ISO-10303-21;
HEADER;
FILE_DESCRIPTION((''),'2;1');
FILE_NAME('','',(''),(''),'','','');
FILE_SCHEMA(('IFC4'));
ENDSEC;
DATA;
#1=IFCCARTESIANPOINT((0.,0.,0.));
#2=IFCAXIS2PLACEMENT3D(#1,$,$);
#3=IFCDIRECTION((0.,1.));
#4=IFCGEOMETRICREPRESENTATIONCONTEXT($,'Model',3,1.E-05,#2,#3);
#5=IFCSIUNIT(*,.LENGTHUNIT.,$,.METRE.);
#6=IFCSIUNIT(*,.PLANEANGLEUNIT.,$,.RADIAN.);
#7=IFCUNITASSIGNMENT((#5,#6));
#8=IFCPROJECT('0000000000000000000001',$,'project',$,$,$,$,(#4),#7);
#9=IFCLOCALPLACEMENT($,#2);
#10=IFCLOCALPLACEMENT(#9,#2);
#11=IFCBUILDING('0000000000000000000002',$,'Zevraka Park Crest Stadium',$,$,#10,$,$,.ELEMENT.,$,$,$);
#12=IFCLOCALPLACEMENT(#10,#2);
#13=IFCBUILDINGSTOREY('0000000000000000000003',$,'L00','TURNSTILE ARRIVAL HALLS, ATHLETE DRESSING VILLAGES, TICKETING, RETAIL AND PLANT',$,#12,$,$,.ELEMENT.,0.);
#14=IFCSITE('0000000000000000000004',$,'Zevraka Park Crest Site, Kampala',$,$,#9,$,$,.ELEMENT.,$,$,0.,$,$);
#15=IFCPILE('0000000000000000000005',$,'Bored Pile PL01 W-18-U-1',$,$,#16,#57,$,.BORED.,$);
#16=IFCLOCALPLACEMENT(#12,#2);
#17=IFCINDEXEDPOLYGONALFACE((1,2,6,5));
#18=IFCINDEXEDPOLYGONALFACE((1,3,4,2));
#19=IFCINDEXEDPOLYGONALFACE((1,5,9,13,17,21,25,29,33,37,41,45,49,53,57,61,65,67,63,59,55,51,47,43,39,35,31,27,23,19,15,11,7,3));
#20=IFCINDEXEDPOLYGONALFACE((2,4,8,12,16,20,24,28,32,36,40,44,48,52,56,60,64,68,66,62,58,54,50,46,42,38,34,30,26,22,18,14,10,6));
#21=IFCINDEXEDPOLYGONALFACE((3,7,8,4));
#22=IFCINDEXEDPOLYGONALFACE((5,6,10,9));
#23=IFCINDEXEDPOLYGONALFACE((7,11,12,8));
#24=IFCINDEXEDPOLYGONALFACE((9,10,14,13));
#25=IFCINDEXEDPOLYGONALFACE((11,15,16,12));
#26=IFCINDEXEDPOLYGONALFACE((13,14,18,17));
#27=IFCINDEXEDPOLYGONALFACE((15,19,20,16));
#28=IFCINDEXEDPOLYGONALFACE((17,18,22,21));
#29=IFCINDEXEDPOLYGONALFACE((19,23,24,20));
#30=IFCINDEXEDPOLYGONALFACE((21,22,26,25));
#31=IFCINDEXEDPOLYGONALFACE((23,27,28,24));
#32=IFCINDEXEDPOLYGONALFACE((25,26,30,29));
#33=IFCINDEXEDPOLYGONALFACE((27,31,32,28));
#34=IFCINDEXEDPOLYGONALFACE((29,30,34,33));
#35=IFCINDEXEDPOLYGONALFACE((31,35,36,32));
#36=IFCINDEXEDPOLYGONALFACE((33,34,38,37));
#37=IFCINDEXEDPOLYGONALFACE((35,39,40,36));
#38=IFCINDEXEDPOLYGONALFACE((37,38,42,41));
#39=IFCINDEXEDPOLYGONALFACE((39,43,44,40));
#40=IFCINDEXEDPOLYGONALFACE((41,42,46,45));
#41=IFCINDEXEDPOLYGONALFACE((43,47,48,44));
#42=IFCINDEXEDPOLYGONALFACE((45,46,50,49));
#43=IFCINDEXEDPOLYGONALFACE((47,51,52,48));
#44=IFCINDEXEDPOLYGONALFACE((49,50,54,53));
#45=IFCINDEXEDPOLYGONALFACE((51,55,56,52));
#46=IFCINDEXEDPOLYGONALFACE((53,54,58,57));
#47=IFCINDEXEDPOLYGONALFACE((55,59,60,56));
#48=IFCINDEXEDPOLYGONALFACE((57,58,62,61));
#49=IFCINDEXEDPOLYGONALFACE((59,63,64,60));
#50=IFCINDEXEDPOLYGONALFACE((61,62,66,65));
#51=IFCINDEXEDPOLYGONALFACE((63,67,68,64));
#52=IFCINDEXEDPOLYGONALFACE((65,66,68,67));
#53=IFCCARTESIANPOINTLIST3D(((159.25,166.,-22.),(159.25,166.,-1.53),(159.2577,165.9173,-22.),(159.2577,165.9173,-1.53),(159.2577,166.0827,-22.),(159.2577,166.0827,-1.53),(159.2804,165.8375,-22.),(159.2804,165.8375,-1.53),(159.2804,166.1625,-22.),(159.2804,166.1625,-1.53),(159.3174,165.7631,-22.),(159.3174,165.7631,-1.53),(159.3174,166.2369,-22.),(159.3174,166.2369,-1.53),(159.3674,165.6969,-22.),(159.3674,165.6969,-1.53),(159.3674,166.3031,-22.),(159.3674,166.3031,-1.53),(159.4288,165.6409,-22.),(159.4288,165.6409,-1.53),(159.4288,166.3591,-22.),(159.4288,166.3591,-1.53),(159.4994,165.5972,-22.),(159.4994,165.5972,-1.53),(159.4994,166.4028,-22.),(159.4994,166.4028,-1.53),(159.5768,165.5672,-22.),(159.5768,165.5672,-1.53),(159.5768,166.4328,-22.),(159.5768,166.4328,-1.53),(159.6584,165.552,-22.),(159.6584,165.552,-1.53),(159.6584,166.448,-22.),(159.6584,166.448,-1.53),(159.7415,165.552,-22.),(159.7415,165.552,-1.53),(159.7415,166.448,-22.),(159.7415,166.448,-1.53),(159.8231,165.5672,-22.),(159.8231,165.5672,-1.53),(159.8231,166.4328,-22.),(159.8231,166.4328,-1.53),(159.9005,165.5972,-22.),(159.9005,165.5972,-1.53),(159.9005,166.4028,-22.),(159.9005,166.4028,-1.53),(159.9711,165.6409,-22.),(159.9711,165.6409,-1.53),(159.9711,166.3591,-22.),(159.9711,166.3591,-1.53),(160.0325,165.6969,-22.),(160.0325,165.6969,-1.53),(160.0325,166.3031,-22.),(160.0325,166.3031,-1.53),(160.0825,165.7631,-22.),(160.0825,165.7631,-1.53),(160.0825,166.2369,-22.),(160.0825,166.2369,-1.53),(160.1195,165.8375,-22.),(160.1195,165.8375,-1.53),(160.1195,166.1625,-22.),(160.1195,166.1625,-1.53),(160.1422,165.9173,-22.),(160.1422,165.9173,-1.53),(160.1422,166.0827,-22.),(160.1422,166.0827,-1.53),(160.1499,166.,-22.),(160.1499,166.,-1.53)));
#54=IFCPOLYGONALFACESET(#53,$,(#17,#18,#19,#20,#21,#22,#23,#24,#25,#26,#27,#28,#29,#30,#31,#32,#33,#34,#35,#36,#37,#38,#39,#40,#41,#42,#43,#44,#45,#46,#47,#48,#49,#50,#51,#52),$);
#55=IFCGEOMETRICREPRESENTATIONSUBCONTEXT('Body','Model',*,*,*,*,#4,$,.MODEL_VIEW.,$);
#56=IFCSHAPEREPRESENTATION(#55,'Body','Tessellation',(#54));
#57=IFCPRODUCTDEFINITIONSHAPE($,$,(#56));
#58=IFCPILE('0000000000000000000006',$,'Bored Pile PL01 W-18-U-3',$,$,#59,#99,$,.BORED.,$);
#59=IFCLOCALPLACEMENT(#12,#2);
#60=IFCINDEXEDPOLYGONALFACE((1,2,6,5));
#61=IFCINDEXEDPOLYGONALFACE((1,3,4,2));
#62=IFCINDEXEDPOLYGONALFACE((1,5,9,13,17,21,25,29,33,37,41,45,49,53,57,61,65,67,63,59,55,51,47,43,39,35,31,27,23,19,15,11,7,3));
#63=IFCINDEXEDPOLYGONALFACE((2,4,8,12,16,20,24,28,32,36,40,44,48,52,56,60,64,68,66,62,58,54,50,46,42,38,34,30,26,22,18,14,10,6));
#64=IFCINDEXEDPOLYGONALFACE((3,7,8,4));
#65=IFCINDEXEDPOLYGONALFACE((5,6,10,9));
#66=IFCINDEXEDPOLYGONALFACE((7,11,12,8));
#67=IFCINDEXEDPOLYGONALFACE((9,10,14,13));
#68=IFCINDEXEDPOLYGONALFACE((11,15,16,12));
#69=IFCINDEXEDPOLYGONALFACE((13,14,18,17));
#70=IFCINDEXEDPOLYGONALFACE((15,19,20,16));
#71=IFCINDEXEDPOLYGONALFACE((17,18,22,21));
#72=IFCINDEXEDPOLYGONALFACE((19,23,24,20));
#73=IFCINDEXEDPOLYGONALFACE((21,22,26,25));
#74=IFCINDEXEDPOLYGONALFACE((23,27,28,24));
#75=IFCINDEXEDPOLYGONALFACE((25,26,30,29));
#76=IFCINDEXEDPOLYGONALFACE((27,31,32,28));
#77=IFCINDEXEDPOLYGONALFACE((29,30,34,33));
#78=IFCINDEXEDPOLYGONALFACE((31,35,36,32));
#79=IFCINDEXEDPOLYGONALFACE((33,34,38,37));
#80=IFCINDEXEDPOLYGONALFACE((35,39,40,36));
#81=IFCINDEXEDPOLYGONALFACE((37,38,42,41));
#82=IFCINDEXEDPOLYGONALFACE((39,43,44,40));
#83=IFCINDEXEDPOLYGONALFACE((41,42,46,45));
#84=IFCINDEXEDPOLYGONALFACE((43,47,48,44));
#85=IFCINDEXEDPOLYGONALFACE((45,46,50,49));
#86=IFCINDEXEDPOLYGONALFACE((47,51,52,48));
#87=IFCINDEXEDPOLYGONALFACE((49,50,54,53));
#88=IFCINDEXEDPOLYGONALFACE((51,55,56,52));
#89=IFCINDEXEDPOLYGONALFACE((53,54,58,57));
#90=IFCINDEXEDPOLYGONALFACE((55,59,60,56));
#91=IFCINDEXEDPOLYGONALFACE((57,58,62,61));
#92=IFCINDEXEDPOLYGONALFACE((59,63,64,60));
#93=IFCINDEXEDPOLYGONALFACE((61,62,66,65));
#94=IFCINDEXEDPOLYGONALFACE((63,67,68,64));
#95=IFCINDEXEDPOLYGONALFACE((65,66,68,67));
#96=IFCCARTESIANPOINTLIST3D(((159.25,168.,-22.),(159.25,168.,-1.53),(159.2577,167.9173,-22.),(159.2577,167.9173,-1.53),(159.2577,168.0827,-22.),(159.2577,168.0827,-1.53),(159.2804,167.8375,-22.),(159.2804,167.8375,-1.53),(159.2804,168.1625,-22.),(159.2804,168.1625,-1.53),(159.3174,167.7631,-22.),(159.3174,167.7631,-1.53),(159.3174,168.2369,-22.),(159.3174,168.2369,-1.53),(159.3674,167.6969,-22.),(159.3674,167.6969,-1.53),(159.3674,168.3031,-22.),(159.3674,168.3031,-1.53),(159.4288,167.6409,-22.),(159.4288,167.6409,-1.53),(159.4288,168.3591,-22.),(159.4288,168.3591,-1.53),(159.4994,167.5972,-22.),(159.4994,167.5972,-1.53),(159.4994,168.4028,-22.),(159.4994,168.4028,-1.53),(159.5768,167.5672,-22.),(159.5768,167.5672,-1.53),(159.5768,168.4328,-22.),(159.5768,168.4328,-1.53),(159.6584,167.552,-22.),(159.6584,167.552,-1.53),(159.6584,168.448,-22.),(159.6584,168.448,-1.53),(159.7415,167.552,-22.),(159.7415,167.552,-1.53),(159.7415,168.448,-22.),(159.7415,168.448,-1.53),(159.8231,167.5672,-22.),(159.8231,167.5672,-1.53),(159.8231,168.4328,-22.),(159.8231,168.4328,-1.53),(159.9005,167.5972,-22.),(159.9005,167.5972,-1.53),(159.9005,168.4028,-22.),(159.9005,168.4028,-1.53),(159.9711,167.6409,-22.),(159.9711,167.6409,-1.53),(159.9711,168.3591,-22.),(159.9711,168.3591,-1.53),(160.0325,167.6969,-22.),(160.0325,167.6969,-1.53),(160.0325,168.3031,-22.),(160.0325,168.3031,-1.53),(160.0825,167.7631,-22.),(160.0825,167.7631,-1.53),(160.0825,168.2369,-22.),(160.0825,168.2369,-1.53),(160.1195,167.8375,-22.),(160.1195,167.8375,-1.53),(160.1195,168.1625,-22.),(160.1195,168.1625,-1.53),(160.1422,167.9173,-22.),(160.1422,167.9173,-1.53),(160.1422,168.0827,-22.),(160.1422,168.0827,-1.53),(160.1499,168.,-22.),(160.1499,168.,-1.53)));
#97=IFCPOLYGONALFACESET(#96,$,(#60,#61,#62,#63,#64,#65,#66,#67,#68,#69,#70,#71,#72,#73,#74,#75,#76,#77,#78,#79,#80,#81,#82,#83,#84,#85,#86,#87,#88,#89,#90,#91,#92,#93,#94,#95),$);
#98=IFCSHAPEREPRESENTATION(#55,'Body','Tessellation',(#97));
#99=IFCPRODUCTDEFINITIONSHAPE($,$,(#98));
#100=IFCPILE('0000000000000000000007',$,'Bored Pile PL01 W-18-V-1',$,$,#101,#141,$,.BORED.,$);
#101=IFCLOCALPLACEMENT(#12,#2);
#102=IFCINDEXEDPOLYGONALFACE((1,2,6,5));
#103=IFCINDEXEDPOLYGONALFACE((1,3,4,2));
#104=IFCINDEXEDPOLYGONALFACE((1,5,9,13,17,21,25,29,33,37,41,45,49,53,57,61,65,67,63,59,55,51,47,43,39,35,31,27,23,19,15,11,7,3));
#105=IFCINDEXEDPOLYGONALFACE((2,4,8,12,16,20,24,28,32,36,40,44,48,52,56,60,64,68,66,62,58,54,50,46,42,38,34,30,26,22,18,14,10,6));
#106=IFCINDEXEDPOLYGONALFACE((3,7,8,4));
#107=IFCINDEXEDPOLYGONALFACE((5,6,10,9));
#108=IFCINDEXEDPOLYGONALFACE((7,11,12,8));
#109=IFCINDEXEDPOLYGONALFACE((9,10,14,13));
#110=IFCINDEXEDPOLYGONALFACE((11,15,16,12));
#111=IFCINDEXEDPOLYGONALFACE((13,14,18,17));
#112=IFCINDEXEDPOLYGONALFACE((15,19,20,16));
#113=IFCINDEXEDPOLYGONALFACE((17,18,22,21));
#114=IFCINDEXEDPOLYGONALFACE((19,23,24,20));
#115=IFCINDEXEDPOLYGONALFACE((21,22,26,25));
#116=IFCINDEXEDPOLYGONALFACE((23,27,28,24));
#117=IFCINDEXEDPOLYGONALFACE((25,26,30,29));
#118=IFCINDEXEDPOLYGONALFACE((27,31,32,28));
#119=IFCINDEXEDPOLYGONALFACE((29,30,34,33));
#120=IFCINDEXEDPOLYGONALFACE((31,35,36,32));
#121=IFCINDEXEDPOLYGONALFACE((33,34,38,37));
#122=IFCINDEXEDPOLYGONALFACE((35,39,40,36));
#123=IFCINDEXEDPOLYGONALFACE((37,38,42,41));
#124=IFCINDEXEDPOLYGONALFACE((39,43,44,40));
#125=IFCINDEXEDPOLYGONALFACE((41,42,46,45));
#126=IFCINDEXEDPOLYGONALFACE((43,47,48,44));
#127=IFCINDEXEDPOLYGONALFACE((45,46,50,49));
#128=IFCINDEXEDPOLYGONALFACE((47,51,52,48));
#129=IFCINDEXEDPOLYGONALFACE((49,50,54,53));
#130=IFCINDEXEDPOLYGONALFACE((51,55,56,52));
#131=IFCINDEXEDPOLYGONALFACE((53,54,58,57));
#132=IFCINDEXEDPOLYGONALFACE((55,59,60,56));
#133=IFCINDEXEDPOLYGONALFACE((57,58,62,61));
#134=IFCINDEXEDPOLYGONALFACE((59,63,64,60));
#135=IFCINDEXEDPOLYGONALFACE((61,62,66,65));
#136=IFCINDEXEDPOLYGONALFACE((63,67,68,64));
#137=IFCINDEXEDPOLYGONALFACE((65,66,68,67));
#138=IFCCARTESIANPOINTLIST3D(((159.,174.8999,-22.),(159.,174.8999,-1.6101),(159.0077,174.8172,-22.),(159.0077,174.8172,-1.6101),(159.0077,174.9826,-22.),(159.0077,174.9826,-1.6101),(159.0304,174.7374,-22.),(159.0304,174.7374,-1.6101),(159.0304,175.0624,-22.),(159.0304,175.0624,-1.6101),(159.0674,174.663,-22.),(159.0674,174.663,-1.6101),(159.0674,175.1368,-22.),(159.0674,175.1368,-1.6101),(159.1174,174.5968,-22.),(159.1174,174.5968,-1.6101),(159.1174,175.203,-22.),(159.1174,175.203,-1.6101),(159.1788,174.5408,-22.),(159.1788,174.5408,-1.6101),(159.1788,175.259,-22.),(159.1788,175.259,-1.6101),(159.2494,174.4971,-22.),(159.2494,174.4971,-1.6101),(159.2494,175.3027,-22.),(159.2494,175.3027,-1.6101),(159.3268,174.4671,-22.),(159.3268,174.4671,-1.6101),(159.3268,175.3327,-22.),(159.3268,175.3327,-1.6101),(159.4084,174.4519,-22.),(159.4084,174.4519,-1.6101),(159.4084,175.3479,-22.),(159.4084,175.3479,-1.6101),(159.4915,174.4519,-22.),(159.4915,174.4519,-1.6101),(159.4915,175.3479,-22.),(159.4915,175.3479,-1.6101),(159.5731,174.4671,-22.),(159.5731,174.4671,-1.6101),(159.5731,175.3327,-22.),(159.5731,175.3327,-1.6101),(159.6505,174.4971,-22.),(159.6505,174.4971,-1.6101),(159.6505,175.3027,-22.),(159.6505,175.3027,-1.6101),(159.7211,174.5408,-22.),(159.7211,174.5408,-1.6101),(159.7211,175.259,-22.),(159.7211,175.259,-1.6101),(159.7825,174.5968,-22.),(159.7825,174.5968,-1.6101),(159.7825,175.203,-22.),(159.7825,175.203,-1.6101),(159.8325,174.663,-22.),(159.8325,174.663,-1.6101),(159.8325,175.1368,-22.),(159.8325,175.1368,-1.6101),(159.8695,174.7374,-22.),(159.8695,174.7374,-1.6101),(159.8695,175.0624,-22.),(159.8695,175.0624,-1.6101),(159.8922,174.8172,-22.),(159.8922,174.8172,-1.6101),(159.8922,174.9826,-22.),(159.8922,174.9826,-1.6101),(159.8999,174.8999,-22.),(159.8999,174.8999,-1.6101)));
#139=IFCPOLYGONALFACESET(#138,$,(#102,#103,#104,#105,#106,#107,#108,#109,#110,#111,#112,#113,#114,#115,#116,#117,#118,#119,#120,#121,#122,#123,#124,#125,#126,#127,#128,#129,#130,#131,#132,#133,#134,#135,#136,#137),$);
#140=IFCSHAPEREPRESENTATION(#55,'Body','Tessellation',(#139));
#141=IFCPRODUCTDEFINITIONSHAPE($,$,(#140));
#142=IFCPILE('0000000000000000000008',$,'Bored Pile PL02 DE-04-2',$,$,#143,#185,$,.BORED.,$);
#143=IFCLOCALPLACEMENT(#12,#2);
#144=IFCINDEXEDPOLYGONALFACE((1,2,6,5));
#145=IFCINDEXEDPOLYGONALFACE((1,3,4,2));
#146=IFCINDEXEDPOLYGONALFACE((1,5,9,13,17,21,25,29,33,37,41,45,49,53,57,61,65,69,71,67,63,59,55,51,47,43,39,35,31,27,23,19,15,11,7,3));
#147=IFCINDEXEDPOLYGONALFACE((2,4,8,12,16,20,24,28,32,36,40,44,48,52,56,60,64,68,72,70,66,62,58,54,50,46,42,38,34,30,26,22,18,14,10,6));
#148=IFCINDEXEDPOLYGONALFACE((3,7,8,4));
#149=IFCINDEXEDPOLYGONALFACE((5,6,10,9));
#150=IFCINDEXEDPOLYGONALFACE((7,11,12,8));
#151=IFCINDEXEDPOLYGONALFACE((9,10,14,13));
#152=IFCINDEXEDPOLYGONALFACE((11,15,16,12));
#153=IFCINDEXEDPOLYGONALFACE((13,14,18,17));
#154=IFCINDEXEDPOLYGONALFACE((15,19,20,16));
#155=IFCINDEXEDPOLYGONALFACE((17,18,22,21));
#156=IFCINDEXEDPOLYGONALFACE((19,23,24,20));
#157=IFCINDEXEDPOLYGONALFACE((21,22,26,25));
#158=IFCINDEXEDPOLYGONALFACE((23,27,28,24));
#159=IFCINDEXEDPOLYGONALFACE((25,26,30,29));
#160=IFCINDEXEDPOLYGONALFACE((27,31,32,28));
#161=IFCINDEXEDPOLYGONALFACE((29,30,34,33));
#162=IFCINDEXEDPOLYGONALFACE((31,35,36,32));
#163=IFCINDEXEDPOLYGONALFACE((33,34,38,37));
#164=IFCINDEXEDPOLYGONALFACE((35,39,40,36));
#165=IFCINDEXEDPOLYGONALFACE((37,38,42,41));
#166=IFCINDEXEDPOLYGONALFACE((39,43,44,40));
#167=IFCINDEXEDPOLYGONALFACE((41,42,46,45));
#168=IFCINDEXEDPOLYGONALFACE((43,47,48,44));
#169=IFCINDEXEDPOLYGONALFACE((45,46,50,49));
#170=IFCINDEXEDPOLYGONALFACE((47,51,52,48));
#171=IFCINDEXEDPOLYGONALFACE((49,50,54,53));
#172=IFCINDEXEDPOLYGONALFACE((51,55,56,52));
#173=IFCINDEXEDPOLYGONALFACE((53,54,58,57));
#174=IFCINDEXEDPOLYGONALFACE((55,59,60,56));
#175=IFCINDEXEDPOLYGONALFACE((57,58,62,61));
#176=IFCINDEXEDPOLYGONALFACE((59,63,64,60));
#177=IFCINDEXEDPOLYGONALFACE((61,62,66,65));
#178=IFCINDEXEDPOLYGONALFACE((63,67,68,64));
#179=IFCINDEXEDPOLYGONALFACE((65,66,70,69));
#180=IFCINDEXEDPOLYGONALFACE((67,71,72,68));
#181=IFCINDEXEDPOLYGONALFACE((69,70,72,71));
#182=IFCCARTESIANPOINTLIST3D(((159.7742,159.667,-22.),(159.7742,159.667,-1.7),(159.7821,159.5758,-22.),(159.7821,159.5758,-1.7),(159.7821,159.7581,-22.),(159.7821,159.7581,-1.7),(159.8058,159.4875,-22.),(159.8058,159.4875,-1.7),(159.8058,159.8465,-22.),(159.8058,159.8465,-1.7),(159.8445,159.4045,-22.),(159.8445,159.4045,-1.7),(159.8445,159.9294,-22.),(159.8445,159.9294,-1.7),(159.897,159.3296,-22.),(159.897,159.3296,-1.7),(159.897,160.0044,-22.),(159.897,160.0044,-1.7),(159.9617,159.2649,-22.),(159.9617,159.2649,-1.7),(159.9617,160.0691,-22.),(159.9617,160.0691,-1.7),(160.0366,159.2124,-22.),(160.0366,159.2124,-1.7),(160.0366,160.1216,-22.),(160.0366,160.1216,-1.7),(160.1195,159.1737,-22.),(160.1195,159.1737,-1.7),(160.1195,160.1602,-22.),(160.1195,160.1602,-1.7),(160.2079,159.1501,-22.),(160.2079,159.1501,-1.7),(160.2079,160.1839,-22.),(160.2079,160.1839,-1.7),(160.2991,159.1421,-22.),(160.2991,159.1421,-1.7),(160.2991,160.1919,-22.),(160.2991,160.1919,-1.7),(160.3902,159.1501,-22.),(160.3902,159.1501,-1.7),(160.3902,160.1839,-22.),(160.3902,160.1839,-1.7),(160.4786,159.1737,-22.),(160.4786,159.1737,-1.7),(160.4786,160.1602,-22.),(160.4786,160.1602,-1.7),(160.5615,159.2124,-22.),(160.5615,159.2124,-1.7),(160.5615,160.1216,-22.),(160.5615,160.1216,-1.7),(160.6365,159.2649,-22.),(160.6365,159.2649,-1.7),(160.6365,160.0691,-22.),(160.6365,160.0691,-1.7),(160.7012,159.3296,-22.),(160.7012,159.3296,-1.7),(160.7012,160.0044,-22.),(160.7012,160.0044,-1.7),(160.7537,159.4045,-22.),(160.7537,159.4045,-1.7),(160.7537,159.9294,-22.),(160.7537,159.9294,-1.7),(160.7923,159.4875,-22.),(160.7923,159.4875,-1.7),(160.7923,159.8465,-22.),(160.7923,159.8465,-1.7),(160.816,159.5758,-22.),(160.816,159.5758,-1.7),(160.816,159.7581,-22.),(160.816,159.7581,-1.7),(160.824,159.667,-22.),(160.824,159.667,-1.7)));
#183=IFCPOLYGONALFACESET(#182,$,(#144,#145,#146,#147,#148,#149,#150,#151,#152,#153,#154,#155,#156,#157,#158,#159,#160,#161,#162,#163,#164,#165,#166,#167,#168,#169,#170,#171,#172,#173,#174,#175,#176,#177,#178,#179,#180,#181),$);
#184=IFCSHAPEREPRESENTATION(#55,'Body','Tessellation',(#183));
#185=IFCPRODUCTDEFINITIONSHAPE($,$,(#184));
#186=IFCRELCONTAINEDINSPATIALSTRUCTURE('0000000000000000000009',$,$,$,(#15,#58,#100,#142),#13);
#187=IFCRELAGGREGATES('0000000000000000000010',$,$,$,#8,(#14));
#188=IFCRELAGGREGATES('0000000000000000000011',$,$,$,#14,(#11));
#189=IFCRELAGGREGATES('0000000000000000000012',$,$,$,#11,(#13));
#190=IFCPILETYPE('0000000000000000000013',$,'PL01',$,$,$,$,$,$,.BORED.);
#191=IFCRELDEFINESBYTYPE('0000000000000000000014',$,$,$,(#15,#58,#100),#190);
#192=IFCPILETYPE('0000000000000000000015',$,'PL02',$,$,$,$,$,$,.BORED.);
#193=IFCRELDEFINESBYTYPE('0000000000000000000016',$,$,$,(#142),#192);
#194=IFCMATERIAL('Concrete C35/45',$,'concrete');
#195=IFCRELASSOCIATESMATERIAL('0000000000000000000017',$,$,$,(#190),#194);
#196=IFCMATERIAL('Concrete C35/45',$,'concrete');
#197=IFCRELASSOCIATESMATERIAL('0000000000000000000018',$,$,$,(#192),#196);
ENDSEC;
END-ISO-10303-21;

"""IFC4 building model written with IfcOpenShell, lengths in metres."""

from ifc_helpers import new_model, si_unit, direction, frame, origin, origin_2d, place, context, subcontext, project, spatial, circle, extrude, material, material_profile, profile_set, type_object, element, save


model = new_model("IFC4")

# Units and contexts
model_context = context("Model", 3, precision=1e-05, world=origin(), true_north=direction((0.0, 1.0)))
body_context = subcontext(model_context, "Body", "Model", "MODEL_VIEW")
ifc_project = project(units=[si_unit("LENGTHUNIT", "METRE"), si_unit("PLANEANGLEUNIT", "RADIAN")], contexts=[model_context])

# Site, building, storey
site_placement = place(None, origin())
site = spatial("IfcSite", under=ifc_project, at=site_placement, Name="Zevraka Park Crest Site, Kampala", CompositionType="ELEMENT", RefElevation=0.0)
building_placement = place(site_placement, origin())
building = spatial("IfcBuilding", under=site, at=building_placement, Name="Zevraka Park Crest Stadium", CompositionType="ELEMENT")
storey_placement = place(building_placement, origin())
storey = spatial("IfcBuildingStorey", under=building, at=storey_placement, Name="L00", Description="TURNSTILE ARRIVAL HALLS, ATHLETE DRESSING VILLAGES, TICKETING, RETAIL AND PLANT", CompositionType="ELEMENT", Elevation=0.0)

# Piles
ifc_material_1 = material(Name="Concrete C35/45", Category="concrete")
ifc_material_profile_1 = material_profile(ifc_material_1, circle(Radius=0.45, at=origin_2d()), Name="PILE D900")
ifc_profile_set_1 = profile_set([ifc_material_profile_1], Name="Concrete C35/45")
pile_type_1 = type_object("IfcPileType", Name="PL01", PredefinedType="BORED", material=ifc_profile_set_1)
for number, where, z_axis, x_axis, name in (
    (1, (159.7, 166.0, -1.53), (0.0, 0.0, -1.0), (1.0, 0.0, 0.0), "Bored Pile PL01 W-18-U-1"),
    (2, (159.7, 168.0, -1.53), (0.0, 0.0, -1.0), (1.0, 0.0, 0.0), "Bored Pile PL01 W-18-U-3"),
):
    element("IfcPile", number, at=place(storey_placement, frame(where, z_axis=z_axis, x_axis=x_axis)), inside=storey, type_object=pile_type_1, Name=name, PredefinedType="BORED", context=body_context, shape_type="SweptSolid", body=[
        extrude(circle(Radius=0.45, at=origin_2d()), origin(), (0.0, 0.0, 1.0), 20.47),
    ])
pile_placement = place(storey_placement, frame((159.45, 174.8999, -1.6101), z_axis=(0.0, 0.0, -1.0), x_axis=(1.0, 0.0, 0.0)))
element("IfcPile", 3, at=pile_placement, inside=storey, type_object=pile_type_1, Name="Bored Pile PL01 W-18-V-1", PredefinedType="BORED", context=body_context, shape_type="SweptSolid", body=[
    extrude(circle(Radius=0.45, at=origin_2d()), origin(), (0.0, 0.0, 1.0), 20.3899),
])
ifc_material_2 = material(Name="Concrete C35/45", Category="concrete")
ifc_material_profile_2 = material_profile(ifc_material_2, circle(Radius=0.5249, at=origin_2d()), Name="PILE D1050")
ifc_profile_set_2 = profile_set([ifc_material_profile_2], Name="Concrete C35/45")
pile_type_2 = type_object("IfcPileType", Name="PL02", PredefinedType="BORED", material=ifc_profile_set_2)
for number, where, z_axis, x_axis, name in (
    (4, (160.2991, 159.667, -1.7), (0.0, 0.0, -1.0), (1.0, 0.0, 0.0), "Bored Pile PL02 DE-04-2"),
):
    element("IfcPile", number, at=place(storey_placement, frame(where, z_axis=z_axis, x_axis=x_axis)), inside=storey, type_object=pile_type_2, Name=name, PredefinedType="BORED", context=body_context, shape_type="SweptSolid", body=[
        extrude(circle(Radius=0.5249, at=origin_2d()), origin(), (0.0, 0.0, 1.0), 20.3),
    ])

save(model, "model.ifc")
